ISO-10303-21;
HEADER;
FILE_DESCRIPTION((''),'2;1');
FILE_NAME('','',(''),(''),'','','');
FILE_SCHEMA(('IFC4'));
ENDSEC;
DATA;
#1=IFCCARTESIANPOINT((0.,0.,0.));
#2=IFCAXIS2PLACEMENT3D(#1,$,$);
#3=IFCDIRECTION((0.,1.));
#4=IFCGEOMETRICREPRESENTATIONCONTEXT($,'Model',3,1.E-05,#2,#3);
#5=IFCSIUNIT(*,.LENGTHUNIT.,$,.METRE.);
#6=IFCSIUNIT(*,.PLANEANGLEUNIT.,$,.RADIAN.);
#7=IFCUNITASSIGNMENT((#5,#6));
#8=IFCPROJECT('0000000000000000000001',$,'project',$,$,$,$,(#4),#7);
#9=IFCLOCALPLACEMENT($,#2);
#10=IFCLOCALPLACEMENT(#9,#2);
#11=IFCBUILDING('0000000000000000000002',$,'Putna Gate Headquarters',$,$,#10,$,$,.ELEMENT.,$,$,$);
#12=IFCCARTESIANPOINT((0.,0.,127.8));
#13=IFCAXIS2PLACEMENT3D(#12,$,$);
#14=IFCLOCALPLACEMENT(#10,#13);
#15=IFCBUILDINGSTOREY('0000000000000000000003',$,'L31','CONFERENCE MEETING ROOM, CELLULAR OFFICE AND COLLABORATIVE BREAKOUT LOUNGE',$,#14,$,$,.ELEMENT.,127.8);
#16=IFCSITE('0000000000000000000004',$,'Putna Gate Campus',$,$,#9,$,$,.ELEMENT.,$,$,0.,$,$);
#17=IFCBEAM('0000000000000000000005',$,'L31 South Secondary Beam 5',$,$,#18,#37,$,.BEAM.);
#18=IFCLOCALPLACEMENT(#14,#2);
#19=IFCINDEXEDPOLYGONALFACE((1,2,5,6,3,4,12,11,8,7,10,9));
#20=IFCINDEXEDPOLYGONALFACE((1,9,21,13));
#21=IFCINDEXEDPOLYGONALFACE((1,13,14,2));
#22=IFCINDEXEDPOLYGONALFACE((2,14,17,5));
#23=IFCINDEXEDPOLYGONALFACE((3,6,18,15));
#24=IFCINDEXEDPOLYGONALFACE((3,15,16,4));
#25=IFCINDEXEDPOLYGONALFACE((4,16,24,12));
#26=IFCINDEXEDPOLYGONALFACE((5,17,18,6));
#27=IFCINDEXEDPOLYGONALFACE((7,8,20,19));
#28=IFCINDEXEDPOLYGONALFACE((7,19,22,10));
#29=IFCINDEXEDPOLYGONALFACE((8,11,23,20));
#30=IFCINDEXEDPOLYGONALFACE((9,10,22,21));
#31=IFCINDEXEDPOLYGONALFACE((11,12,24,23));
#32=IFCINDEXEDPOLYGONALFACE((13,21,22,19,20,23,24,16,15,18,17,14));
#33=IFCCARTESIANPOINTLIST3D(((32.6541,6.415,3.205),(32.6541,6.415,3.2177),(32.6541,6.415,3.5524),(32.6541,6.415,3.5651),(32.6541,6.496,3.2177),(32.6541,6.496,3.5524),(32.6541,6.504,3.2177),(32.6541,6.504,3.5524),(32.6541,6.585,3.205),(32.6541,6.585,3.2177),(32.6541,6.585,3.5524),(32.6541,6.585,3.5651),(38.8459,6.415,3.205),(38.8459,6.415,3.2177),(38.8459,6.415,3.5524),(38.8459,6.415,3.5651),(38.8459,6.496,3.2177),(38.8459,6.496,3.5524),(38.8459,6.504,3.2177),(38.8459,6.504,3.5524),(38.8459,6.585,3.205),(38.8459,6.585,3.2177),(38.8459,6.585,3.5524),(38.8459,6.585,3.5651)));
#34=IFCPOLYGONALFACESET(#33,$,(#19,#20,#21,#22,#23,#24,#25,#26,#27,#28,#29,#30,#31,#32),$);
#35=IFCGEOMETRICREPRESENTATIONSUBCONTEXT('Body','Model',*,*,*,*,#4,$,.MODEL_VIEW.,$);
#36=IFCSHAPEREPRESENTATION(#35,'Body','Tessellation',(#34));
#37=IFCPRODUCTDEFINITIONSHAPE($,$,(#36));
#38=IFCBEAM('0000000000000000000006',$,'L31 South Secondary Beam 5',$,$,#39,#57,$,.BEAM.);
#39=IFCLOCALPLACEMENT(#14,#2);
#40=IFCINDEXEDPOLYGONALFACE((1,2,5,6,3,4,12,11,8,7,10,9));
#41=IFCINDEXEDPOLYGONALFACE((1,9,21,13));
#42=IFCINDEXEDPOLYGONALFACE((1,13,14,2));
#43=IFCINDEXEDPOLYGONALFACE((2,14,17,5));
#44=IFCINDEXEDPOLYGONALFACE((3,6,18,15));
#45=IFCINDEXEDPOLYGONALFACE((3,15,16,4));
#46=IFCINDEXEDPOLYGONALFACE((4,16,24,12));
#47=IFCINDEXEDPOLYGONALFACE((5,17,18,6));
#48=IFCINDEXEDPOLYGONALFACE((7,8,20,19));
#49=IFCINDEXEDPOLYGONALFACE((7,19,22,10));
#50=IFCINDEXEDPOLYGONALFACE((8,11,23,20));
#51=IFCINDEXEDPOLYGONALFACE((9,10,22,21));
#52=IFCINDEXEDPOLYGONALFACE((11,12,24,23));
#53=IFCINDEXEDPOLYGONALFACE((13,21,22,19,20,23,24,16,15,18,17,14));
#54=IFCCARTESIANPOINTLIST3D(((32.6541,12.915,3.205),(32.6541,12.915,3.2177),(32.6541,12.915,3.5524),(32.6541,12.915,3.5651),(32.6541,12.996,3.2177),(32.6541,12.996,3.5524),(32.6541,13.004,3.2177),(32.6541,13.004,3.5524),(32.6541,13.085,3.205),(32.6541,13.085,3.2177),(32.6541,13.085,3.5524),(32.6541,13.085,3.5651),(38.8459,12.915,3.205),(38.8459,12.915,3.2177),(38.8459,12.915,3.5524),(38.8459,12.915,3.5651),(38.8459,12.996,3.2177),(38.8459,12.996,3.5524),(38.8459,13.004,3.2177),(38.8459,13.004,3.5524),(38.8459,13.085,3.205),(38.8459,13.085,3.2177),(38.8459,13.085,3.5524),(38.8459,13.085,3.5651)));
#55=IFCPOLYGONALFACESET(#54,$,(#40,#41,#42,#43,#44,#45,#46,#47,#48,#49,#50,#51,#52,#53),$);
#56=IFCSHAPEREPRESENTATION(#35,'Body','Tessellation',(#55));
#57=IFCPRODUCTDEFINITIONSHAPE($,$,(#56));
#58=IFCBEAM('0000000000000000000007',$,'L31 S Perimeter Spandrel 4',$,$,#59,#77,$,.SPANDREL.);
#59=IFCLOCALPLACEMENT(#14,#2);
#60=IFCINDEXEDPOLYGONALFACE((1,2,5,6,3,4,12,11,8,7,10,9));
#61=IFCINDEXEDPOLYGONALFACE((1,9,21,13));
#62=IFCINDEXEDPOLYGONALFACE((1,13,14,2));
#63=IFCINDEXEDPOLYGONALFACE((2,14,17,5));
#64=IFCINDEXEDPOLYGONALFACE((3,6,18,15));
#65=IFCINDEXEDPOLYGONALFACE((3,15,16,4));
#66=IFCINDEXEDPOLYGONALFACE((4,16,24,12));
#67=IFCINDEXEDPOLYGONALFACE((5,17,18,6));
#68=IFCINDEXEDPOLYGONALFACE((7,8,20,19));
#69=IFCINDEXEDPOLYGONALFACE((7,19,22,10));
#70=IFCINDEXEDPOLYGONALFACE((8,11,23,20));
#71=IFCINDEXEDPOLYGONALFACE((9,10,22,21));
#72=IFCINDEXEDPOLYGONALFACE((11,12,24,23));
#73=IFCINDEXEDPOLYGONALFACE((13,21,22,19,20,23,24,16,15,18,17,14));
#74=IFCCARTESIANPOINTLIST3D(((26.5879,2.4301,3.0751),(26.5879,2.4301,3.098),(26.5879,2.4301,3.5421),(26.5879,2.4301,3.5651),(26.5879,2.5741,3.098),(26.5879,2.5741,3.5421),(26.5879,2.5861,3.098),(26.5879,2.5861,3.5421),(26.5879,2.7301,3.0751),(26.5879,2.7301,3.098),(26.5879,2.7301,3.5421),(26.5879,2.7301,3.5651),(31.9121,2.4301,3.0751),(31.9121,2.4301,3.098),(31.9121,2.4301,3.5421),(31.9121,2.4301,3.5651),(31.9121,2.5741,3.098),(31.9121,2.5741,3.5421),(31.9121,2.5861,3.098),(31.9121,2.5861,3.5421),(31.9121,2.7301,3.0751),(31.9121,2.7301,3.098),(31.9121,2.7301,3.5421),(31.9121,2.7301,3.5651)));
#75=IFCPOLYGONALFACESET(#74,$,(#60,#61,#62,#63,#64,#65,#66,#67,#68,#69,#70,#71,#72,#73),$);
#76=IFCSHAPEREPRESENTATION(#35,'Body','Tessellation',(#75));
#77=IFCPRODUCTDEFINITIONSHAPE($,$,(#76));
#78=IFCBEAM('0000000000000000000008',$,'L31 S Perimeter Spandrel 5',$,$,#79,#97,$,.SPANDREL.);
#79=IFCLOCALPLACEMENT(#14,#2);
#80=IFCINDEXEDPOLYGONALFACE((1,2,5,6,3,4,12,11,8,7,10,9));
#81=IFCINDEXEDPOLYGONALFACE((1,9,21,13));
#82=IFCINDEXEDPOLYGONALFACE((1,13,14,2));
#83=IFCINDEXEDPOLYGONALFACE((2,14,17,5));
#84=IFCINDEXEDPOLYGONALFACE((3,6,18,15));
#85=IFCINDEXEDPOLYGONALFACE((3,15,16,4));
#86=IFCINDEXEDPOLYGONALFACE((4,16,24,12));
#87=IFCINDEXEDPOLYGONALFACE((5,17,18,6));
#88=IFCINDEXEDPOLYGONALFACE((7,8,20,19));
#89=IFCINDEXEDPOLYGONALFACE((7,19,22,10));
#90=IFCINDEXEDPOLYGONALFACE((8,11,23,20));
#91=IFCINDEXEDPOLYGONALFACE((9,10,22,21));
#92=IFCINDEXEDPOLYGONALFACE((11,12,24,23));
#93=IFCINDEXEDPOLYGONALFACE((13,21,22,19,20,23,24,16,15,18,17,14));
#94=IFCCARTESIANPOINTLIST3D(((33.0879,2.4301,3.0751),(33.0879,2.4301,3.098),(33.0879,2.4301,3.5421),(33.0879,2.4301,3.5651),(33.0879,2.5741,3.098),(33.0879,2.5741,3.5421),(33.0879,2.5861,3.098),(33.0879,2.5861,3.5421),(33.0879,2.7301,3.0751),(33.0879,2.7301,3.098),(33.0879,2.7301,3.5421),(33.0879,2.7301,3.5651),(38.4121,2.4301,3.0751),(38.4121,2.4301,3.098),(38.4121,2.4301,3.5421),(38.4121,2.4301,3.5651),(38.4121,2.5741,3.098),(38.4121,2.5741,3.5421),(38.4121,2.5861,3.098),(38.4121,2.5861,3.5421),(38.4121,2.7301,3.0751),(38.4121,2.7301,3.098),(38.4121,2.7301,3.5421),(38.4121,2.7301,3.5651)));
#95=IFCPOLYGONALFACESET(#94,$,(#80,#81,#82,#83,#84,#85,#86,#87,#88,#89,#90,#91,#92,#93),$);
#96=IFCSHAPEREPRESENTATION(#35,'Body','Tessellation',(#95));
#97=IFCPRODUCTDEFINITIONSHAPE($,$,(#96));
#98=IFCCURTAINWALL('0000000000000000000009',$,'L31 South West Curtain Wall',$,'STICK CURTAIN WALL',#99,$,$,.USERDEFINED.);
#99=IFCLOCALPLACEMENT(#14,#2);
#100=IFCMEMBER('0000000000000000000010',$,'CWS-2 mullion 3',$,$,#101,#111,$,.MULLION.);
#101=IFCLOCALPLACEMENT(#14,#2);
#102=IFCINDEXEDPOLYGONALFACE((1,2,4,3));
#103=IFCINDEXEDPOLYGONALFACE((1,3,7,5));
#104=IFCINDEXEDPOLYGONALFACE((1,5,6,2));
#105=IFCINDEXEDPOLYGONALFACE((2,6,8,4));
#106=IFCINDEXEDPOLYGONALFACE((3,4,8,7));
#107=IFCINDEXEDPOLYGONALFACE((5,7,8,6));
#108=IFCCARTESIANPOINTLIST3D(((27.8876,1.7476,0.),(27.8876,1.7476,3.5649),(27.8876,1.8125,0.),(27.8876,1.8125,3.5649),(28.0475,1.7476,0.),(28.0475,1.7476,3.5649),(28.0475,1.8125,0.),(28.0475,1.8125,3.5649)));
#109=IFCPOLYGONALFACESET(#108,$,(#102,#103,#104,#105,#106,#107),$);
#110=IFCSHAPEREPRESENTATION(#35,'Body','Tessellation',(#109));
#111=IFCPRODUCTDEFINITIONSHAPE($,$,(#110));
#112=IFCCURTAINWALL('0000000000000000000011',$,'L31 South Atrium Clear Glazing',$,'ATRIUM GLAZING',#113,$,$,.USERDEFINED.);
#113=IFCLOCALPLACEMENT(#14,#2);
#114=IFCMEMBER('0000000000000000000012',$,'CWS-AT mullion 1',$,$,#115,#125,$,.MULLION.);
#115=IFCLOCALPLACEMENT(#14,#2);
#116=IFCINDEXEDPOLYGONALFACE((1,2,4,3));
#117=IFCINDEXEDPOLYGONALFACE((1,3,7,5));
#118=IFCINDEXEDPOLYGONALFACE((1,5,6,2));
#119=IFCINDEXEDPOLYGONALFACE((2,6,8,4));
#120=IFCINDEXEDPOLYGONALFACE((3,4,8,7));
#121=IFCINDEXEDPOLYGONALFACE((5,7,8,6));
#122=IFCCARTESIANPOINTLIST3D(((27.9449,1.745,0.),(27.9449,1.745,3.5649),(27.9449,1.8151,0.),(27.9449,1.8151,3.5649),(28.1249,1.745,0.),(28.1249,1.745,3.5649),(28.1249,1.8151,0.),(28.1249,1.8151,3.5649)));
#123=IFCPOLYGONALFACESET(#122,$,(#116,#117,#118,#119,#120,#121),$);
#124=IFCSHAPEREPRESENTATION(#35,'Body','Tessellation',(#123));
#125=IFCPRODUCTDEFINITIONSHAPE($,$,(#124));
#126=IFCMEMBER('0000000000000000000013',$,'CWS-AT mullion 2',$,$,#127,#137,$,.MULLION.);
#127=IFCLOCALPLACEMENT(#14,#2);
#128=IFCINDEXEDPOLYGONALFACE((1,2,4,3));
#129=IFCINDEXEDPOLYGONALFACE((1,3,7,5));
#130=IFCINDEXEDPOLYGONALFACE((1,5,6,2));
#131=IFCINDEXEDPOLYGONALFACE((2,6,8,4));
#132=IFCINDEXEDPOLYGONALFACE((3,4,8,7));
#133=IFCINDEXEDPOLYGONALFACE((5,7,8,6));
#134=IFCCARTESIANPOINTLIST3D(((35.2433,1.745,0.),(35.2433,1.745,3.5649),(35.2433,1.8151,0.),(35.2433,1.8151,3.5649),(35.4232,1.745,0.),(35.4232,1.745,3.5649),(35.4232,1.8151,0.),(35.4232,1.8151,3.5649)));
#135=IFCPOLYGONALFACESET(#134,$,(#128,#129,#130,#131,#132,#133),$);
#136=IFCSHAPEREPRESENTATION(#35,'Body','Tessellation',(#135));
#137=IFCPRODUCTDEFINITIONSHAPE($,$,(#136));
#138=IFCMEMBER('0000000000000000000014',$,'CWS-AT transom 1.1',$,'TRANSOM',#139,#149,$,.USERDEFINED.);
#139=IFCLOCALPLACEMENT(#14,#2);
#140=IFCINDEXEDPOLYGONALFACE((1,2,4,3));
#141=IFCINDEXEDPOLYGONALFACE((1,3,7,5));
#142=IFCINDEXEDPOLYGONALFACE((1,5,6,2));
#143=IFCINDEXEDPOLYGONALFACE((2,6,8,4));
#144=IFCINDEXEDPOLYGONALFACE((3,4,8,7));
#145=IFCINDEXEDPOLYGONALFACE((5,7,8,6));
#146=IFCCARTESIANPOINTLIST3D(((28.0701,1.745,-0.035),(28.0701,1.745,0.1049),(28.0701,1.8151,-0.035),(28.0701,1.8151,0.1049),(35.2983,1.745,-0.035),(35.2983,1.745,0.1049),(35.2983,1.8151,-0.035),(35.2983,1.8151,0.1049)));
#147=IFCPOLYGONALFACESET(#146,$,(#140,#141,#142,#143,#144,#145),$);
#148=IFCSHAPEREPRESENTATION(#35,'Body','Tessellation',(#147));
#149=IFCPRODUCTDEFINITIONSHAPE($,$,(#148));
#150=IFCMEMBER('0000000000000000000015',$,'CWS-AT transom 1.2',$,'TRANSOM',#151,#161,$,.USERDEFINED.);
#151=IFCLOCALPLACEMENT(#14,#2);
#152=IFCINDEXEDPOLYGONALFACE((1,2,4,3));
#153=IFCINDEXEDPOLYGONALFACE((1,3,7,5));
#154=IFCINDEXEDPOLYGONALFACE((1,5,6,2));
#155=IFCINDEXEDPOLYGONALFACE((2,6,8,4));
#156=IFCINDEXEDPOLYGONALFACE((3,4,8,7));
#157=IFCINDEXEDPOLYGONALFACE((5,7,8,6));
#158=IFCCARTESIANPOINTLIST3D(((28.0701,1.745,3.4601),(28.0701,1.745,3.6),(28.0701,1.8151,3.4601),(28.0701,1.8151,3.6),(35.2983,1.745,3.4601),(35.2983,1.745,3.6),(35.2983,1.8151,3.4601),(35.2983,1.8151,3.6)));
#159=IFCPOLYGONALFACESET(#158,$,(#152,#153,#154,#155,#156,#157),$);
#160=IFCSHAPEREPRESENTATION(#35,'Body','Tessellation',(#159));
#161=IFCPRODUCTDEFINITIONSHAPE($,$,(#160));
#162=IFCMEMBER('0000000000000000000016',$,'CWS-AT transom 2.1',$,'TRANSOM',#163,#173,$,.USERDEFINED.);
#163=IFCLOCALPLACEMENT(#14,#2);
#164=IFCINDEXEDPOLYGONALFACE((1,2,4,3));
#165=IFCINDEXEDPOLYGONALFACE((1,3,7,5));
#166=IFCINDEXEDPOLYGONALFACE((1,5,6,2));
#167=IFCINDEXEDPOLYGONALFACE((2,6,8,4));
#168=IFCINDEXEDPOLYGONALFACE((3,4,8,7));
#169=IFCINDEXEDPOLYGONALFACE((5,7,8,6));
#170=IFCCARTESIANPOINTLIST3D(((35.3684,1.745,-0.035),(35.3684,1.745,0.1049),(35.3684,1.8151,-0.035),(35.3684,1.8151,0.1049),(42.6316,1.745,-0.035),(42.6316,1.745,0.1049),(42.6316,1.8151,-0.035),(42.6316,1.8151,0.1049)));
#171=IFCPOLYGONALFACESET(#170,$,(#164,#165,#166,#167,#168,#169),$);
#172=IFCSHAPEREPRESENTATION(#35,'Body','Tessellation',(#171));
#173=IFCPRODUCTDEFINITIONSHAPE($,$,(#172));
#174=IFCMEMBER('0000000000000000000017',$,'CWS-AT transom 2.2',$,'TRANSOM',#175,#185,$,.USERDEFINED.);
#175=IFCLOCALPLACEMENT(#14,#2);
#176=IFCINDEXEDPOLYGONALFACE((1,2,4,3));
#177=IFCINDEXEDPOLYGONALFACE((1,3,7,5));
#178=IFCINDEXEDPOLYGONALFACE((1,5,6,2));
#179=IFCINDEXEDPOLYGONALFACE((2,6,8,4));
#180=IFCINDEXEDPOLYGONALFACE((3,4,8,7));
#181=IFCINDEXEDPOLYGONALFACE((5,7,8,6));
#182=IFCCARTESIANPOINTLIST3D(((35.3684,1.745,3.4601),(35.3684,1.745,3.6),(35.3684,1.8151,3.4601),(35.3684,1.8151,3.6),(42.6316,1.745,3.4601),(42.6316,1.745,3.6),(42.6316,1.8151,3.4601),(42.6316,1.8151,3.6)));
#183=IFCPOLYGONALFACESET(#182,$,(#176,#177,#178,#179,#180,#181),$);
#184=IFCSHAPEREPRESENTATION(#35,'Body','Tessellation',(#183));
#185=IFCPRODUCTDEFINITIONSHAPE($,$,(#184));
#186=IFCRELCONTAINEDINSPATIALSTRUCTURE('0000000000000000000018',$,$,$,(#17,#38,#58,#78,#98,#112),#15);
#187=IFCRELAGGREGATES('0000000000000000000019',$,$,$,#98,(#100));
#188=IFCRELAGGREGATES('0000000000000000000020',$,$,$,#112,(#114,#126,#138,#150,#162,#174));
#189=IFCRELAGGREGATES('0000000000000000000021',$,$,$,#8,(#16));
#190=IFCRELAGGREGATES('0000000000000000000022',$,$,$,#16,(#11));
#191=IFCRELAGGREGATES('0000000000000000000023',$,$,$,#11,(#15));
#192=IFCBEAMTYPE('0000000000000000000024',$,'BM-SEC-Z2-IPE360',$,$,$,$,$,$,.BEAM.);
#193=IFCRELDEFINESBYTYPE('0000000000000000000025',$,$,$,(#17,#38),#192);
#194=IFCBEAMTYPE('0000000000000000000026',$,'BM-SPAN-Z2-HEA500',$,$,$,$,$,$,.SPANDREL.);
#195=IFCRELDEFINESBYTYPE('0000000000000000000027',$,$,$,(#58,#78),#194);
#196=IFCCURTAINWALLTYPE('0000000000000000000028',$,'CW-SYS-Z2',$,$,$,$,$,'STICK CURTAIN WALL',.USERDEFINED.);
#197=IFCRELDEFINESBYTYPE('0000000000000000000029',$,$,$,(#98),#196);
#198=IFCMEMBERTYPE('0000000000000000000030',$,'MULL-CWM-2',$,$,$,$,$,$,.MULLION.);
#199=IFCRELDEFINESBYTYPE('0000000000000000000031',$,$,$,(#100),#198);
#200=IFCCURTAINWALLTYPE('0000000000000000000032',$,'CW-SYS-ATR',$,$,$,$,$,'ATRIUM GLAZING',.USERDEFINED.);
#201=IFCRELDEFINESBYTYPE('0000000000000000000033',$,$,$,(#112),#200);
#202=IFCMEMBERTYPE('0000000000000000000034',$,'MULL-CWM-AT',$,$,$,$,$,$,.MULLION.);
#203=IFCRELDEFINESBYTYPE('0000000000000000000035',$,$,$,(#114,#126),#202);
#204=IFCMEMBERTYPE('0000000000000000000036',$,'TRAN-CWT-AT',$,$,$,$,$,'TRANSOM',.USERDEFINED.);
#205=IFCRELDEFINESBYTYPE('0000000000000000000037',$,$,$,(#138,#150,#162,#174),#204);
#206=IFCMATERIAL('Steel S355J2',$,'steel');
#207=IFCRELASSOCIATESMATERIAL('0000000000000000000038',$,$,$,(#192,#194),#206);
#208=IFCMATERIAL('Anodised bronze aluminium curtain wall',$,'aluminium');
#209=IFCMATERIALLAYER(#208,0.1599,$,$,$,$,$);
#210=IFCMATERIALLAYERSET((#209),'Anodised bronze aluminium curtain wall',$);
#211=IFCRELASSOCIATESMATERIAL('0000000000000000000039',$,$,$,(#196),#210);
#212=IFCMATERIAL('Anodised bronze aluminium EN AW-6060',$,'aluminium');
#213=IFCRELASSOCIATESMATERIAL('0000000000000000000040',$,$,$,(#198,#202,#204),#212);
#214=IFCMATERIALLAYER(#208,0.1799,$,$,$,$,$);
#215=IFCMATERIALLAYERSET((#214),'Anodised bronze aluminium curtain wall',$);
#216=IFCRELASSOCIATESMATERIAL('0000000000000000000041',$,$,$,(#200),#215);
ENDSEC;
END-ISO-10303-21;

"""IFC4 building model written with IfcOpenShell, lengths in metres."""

from ifc_helpers import new_model, si_unit, direction, frame, origin, origin_2d, place, context, subcontext, project, spatial, rectangle, i_section, extrude, material, layer, layer_set, material_profile, profile_set, type_object, element, aggregate, save


model = new_model("IFC4")

# Units and contexts
model_context = context("Model", 3, precision=1e-05, world=origin(), true_north=direction((0.0, 1.0)))
body_context = subcontext(model_context, "Body", "Model", "MODEL_VIEW")
ifc_project = project(units=[si_unit("LENGTHUNIT", "METRE"), si_unit("PLANEANGLEUNIT", "RADIAN")], contexts=[model_context])

# Site, building, storey
site_placement = place(None, origin())
site = spatial("IfcSite", under=ifc_project, at=site_placement, Name="Putna Gate Campus", CompositionType="ELEMENT", RefElevation=0.0)
building_placement = place(site_placement, origin())
building = spatial("IfcBuilding", under=site, at=building_placement, Name="Putna Gate Headquarters", CompositionType="ELEMENT")
storey_placement = place(building_placement, frame((0.0, 0.0, 127.8)))
storey = spatial("IfcBuildingStorey", under=building, at=storey_placement, Name="L31", Description="CONFERENCE MEETING ROOM, CELLULAR OFFICE AND COLLABORATIVE BREAKOUT LOUNGE", CompositionType="ELEMENT", Elevation=127.8)

# Beams
ifc_material_1 = material(Name="Steel S355J2", Category="steel")
ifc_material_profile_1 = material_profile(ifc_material_1, i_section(OverallWidth=0.1699, OverallDepth=0.3601, WebThickness=0.0081, FlangeThickness=0.0127, at=origin_2d()), Name="Steel S355J2")
ifc_profile_set_1 = profile_set([ifc_material_profile_1], Name="Steel S355J2")
beam_type_1 = type_object("IfcBeamType", Name="BM-SEC-Z2-IPE360", PredefinedType="BEAM", material=ifc_profile_set_1)
for number, where, z_axis, x_axis, name in (
    (1, (32.6541, 6.5, 3.385), (1.0, 0.0, 0.0), (0.0, 1.0, 0.0), "L31 South Secondary Beam 5"),
    (2, (32.6541, 13.0, 3.385), (1.0, 0.0, 0.0), (0.0, 1.0, 0.0), "L31 South Secondary Beam 5"),
):
    element("IfcBeam", number, at=place(storey_placement, frame(where, z_axis=z_axis, x_axis=x_axis)), inside=storey, type_object=beam_type_1, Name=name, PredefinedType="BEAM", context=body_context, shape_type="SweptSolid", body=[
        extrude(i_section(OverallWidth=0.1699, OverallDepth=0.3601, WebThickness=0.0081, FlangeThickness=0.0127, at=origin_2d()), origin(), (0.0, 0.0, 1.0), 6.1919),
    ])
ifc_material_profile_2 = material_profile(ifc_material_1, i_section(OverallWidth=0.3, OverallDepth=0.49, WebThickness=0.012, FlangeThickness=0.0229, at=origin_2d()), Name="Steel S355J2")
ifc_profile_set_2 = profile_set([ifc_material_profile_2], Name="Steel S355J2")
beam_type_2 = type_object("IfcBeamType", Name="BM-SPAN-Z2-HEA500", PredefinedType="SPANDREL", material=ifc_profile_set_2)
for number, where, z_axis, x_axis, name in (
    (3, (26.5879, 2.5801, 3.3201), (1.0, 0.0, 0.0), (0.0, 1.0, 0.0), "L31 S Perimeter Spandrel 4"),
    (4, (33.0879, 2.5801, 3.3201), (1.0, 0.0, 0.0), (0.0, 1.0, 0.0), "L31 S Perimeter Spandrel 5"),
):
    element("IfcBeam", number, at=place(storey_placement, frame(where, z_axis=z_axis, x_axis=x_axis)), inside=storey, type_object=beam_type_2, Name=name, PredefinedType="SPANDREL", context=body_context, shape_type="SweptSolid", body=[
        extrude(i_section(OverallWidth=0.3, OverallDepth=0.49, WebThickness=0.012, FlangeThickness=0.0229, at=origin_2d()), origin(), (0.0, 0.0, 1.0), 5.3242),
    ])

# Curtain wall, member
ifc_material_2 = material(Name="Anodised bronze aluminium curtain wall", Category="aluminium")
ifc_layer_1 = layer(ifc_material_2, 0.1599)
ifc_layer_set_1 = layer_set([ifc_layer_1], Name="Anodised bronze aluminium curtain wall")
curtain_wall_type_1 = type_object("IfcCurtainWallType", Name="CW-SYS-Z2", ElementType="STICK CURTAIN WALL", PredefinedType="USERDEFINED", material=ifc_layer_set_1)
curtain_wall_1_placement = place(storey_placement, origin())
curtain_wall_1 = element("IfcCurtainWall", 5, at=curtain_wall_1_placement, inside=storey, type_object=curtain_wall_type_1, Name="L31 South West Curtain Wall", ObjectType="STICK CURTAIN WALL", PredefinedType="USERDEFINED")
ifc_material_3 = material(Name="Anodised bronze aluminium EN AW-6060", Category="aluminium")
ifc_material_profile_3 = material_profile(ifc_material_3, rectangle(XDim=0.0649, YDim=0.1599, at=origin_2d()), Name="Anodised bronze aluminium EN AW-6060")
ifc_profile_set_3 = profile_set([ifc_material_profile_3], Name="Anodised bronze aluminium EN AW-6060")
member_type_1 = type_object("IfcMemberType", Name="MULL-CWM-2", PredefinedType="MULLION", material=ifc_profile_set_3)
member_1_placement = place(storey_placement, frame((27.9675, 1.78, 0.0), z_axis=(0.0, 0.0, 1.0), x_axis=(0.0, 1.0, 0.0)))
member_1 = element("IfcMember", 6, at=member_1_placement, type_object=member_type_1, Name="CWS-2 mullion 3", PredefinedType="MULLION", context=body_context, shape_type="SweptSolid", body=[
    extrude(rectangle(XDim=0.0649, YDim=0.1599, at=origin_2d()), origin(), (0.0, 0.0, 1.0), 3.5649),
])
aggregate(curtain_wall_1, [member_1])

# Curtain wall, members
ifc_layer_2 = layer(ifc_material_2, 0.1799)
ifc_layer_set_2 = layer_set([ifc_layer_2], Name="Anodised bronze aluminium curtain wall")
curtain_wall_type_2 = type_object("IfcCurtainWallType", Name="CW-SYS-ATR", ElementType="ATRIUM GLAZING", PredefinedType="USERDEFINED", material=ifc_layer_set_2)
curtain_wall_2_placement = place(storey_placement, origin())
curtain_wall_2 = element("IfcCurtainWall", 7, at=curtain_wall_2_placement, inside=storey, type_object=curtain_wall_type_2, Name="L31 South Atrium Clear Glazing", ObjectType="ATRIUM GLAZING", PredefinedType="USERDEFINED")
ifc_material_profile_4 = material_profile(ifc_material_3, rectangle(XDim=0.0701, YDim=0.1799, at=origin_2d()), Name="Anodised bronze aluminium EN AW-6060")
ifc_profile_set_4 = profile_set([ifc_material_profile_4], Name="Anodised bronze aluminium EN AW-6060")
member_type_2 = type_object("IfcMemberType", Name="MULL-CWM-AT", PredefinedType="MULLION", material=ifc_profile_set_4)
member_2_placement = place(storey_placement, frame((28.0349, 1.78, 0.0), z_axis=(0.0, 0.0, 1.0), x_axis=(0.0, 1.0, 0.0)))
member_2 = element("IfcMember", 8, at=member_2_placement, type_object=member_type_2, Name="CWS-AT mullion 1", PredefinedType="MULLION", context=body_context, shape_type="SweptSolid", body=[
    extrude(rectangle(XDim=0.0701, YDim=0.1799, at=origin_2d()), origin(), (0.0, 0.0, 1.0), 3.5649),
])
member_3_placement = place(storey_placement, frame((35.3333, 1.78, 0.0), z_axis=(0.0, 0.0, 1.0), x_axis=(0.0, 1.0, 0.0)))
member_3 = element("IfcMember", 9, at=member_3_placement, type_object=member_type_2, Name="CWS-AT mullion 2", PredefinedType="MULLION", context=body_context, shape_type="SweptSolid", body=[
    extrude(rectangle(XDim=0.0701, YDim=0.1799, at=origin_2d()), origin(), (0.0, 0.0, 1.0), 3.5649),
])
ifc_material_profile_5 = material_profile(ifc_material_3, rectangle(XDim=0.0701, YDim=0.1399, at=origin_2d()), Name="Anodised bronze aluminium EN AW-6060")
ifc_profile_set_5 = profile_set([ifc_material_profile_5], Name="Anodised bronze aluminium EN AW-6060")
member_type_3 = type_object("IfcMemberType", Name="TRAN-CWT-AT", ElementType="TRANSOM", PredefinedType="USERDEFINED", material=ifc_profile_set_5)
member_4_placement = place(storey_placement, frame((28.0701, 1.78, 0.0349), z_axis=(1.0, 0.0, 0.0), x_axis=(0.0, 1.0, 0.0)))
member_4 = element("IfcMember", 10, at=member_4_placement, type_object=member_type_3, Name="CWS-AT transom 1.1", ObjectType="TRANSOM", PredefinedType="USERDEFINED", context=body_context, shape_type="SweptSolid", body=[
    extrude(rectangle(XDim=0.0701, YDim=0.1399, at=origin_2d()), origin(), (0.0, 0.0, 1.0), 7.2283),
])
member_5_placement = place(storey_placement, frame((28.0701, 1.78, 3.53), z_axis=(1.0, 0.0, 0.0), x_axis=(0.0, 1.0, 0.0)))
member_5 = element("IfcMember", 11, at=member_5_placement, type_object=member_type_3, Name="CWS-AT transom 1.2", ObjectType="TRANSOM", PredefinedType="USERDEFINED", context=body_context, shape_type="SweptSolid", body=[
    extrude(rectangle(XDim=0.0701, YDim=0.1399, at=origin_2d()), origin(), (0.0, 0.0, 1.0), 7.2283),
])
member_6_placement = place(storey_placement, frame((35.3684, 1.78, 0.0349), z_axis=(1.0, 0.0, 0.0), x_axis=(0.0, 1.0, 0.0)))
member_6 = element("IfcMember", 12, at=member_6_placement, type_object=member_type_3, Name="CWS-AT transom 2.1", ObjectType="TRANSOM", PredefinedType="USERDEFINED", context=body_context, shape_type="SweptSolid", body=[
    extrude(rectangle(XDim=0.0701, YDim=0.1399, at=origin_2d()), origin(), (0.0, 0.0, 1.0), 7.2632),
])
member_7_placement = place(storey_placement, frame((35.3684, 1.78, 3.53), z_axis=(1.0, 0.0, 0.0), x_axis=(0.0, 1.0, 0.0)))
member_7 = element("IfcMember", 13, at=member_7_placement, type_object=member_type_3, Name="CWS-AT transom 2.2", ObjectType="TRANSOM", PredefinedType="USERDEFINED", context=body_context, shape_type="SweptSolid", body=[
    extrude(rectangle(XDim=0.0701, YDim=0.1399, at=origin_2d()), origin(), (0.0, 0.0, 1.0), 7.2632),
])
aggregate(curtain_wall_2, [member_2, member_3, member_4, member_5, member_6, member_7])

save(model, "model.ifc")
